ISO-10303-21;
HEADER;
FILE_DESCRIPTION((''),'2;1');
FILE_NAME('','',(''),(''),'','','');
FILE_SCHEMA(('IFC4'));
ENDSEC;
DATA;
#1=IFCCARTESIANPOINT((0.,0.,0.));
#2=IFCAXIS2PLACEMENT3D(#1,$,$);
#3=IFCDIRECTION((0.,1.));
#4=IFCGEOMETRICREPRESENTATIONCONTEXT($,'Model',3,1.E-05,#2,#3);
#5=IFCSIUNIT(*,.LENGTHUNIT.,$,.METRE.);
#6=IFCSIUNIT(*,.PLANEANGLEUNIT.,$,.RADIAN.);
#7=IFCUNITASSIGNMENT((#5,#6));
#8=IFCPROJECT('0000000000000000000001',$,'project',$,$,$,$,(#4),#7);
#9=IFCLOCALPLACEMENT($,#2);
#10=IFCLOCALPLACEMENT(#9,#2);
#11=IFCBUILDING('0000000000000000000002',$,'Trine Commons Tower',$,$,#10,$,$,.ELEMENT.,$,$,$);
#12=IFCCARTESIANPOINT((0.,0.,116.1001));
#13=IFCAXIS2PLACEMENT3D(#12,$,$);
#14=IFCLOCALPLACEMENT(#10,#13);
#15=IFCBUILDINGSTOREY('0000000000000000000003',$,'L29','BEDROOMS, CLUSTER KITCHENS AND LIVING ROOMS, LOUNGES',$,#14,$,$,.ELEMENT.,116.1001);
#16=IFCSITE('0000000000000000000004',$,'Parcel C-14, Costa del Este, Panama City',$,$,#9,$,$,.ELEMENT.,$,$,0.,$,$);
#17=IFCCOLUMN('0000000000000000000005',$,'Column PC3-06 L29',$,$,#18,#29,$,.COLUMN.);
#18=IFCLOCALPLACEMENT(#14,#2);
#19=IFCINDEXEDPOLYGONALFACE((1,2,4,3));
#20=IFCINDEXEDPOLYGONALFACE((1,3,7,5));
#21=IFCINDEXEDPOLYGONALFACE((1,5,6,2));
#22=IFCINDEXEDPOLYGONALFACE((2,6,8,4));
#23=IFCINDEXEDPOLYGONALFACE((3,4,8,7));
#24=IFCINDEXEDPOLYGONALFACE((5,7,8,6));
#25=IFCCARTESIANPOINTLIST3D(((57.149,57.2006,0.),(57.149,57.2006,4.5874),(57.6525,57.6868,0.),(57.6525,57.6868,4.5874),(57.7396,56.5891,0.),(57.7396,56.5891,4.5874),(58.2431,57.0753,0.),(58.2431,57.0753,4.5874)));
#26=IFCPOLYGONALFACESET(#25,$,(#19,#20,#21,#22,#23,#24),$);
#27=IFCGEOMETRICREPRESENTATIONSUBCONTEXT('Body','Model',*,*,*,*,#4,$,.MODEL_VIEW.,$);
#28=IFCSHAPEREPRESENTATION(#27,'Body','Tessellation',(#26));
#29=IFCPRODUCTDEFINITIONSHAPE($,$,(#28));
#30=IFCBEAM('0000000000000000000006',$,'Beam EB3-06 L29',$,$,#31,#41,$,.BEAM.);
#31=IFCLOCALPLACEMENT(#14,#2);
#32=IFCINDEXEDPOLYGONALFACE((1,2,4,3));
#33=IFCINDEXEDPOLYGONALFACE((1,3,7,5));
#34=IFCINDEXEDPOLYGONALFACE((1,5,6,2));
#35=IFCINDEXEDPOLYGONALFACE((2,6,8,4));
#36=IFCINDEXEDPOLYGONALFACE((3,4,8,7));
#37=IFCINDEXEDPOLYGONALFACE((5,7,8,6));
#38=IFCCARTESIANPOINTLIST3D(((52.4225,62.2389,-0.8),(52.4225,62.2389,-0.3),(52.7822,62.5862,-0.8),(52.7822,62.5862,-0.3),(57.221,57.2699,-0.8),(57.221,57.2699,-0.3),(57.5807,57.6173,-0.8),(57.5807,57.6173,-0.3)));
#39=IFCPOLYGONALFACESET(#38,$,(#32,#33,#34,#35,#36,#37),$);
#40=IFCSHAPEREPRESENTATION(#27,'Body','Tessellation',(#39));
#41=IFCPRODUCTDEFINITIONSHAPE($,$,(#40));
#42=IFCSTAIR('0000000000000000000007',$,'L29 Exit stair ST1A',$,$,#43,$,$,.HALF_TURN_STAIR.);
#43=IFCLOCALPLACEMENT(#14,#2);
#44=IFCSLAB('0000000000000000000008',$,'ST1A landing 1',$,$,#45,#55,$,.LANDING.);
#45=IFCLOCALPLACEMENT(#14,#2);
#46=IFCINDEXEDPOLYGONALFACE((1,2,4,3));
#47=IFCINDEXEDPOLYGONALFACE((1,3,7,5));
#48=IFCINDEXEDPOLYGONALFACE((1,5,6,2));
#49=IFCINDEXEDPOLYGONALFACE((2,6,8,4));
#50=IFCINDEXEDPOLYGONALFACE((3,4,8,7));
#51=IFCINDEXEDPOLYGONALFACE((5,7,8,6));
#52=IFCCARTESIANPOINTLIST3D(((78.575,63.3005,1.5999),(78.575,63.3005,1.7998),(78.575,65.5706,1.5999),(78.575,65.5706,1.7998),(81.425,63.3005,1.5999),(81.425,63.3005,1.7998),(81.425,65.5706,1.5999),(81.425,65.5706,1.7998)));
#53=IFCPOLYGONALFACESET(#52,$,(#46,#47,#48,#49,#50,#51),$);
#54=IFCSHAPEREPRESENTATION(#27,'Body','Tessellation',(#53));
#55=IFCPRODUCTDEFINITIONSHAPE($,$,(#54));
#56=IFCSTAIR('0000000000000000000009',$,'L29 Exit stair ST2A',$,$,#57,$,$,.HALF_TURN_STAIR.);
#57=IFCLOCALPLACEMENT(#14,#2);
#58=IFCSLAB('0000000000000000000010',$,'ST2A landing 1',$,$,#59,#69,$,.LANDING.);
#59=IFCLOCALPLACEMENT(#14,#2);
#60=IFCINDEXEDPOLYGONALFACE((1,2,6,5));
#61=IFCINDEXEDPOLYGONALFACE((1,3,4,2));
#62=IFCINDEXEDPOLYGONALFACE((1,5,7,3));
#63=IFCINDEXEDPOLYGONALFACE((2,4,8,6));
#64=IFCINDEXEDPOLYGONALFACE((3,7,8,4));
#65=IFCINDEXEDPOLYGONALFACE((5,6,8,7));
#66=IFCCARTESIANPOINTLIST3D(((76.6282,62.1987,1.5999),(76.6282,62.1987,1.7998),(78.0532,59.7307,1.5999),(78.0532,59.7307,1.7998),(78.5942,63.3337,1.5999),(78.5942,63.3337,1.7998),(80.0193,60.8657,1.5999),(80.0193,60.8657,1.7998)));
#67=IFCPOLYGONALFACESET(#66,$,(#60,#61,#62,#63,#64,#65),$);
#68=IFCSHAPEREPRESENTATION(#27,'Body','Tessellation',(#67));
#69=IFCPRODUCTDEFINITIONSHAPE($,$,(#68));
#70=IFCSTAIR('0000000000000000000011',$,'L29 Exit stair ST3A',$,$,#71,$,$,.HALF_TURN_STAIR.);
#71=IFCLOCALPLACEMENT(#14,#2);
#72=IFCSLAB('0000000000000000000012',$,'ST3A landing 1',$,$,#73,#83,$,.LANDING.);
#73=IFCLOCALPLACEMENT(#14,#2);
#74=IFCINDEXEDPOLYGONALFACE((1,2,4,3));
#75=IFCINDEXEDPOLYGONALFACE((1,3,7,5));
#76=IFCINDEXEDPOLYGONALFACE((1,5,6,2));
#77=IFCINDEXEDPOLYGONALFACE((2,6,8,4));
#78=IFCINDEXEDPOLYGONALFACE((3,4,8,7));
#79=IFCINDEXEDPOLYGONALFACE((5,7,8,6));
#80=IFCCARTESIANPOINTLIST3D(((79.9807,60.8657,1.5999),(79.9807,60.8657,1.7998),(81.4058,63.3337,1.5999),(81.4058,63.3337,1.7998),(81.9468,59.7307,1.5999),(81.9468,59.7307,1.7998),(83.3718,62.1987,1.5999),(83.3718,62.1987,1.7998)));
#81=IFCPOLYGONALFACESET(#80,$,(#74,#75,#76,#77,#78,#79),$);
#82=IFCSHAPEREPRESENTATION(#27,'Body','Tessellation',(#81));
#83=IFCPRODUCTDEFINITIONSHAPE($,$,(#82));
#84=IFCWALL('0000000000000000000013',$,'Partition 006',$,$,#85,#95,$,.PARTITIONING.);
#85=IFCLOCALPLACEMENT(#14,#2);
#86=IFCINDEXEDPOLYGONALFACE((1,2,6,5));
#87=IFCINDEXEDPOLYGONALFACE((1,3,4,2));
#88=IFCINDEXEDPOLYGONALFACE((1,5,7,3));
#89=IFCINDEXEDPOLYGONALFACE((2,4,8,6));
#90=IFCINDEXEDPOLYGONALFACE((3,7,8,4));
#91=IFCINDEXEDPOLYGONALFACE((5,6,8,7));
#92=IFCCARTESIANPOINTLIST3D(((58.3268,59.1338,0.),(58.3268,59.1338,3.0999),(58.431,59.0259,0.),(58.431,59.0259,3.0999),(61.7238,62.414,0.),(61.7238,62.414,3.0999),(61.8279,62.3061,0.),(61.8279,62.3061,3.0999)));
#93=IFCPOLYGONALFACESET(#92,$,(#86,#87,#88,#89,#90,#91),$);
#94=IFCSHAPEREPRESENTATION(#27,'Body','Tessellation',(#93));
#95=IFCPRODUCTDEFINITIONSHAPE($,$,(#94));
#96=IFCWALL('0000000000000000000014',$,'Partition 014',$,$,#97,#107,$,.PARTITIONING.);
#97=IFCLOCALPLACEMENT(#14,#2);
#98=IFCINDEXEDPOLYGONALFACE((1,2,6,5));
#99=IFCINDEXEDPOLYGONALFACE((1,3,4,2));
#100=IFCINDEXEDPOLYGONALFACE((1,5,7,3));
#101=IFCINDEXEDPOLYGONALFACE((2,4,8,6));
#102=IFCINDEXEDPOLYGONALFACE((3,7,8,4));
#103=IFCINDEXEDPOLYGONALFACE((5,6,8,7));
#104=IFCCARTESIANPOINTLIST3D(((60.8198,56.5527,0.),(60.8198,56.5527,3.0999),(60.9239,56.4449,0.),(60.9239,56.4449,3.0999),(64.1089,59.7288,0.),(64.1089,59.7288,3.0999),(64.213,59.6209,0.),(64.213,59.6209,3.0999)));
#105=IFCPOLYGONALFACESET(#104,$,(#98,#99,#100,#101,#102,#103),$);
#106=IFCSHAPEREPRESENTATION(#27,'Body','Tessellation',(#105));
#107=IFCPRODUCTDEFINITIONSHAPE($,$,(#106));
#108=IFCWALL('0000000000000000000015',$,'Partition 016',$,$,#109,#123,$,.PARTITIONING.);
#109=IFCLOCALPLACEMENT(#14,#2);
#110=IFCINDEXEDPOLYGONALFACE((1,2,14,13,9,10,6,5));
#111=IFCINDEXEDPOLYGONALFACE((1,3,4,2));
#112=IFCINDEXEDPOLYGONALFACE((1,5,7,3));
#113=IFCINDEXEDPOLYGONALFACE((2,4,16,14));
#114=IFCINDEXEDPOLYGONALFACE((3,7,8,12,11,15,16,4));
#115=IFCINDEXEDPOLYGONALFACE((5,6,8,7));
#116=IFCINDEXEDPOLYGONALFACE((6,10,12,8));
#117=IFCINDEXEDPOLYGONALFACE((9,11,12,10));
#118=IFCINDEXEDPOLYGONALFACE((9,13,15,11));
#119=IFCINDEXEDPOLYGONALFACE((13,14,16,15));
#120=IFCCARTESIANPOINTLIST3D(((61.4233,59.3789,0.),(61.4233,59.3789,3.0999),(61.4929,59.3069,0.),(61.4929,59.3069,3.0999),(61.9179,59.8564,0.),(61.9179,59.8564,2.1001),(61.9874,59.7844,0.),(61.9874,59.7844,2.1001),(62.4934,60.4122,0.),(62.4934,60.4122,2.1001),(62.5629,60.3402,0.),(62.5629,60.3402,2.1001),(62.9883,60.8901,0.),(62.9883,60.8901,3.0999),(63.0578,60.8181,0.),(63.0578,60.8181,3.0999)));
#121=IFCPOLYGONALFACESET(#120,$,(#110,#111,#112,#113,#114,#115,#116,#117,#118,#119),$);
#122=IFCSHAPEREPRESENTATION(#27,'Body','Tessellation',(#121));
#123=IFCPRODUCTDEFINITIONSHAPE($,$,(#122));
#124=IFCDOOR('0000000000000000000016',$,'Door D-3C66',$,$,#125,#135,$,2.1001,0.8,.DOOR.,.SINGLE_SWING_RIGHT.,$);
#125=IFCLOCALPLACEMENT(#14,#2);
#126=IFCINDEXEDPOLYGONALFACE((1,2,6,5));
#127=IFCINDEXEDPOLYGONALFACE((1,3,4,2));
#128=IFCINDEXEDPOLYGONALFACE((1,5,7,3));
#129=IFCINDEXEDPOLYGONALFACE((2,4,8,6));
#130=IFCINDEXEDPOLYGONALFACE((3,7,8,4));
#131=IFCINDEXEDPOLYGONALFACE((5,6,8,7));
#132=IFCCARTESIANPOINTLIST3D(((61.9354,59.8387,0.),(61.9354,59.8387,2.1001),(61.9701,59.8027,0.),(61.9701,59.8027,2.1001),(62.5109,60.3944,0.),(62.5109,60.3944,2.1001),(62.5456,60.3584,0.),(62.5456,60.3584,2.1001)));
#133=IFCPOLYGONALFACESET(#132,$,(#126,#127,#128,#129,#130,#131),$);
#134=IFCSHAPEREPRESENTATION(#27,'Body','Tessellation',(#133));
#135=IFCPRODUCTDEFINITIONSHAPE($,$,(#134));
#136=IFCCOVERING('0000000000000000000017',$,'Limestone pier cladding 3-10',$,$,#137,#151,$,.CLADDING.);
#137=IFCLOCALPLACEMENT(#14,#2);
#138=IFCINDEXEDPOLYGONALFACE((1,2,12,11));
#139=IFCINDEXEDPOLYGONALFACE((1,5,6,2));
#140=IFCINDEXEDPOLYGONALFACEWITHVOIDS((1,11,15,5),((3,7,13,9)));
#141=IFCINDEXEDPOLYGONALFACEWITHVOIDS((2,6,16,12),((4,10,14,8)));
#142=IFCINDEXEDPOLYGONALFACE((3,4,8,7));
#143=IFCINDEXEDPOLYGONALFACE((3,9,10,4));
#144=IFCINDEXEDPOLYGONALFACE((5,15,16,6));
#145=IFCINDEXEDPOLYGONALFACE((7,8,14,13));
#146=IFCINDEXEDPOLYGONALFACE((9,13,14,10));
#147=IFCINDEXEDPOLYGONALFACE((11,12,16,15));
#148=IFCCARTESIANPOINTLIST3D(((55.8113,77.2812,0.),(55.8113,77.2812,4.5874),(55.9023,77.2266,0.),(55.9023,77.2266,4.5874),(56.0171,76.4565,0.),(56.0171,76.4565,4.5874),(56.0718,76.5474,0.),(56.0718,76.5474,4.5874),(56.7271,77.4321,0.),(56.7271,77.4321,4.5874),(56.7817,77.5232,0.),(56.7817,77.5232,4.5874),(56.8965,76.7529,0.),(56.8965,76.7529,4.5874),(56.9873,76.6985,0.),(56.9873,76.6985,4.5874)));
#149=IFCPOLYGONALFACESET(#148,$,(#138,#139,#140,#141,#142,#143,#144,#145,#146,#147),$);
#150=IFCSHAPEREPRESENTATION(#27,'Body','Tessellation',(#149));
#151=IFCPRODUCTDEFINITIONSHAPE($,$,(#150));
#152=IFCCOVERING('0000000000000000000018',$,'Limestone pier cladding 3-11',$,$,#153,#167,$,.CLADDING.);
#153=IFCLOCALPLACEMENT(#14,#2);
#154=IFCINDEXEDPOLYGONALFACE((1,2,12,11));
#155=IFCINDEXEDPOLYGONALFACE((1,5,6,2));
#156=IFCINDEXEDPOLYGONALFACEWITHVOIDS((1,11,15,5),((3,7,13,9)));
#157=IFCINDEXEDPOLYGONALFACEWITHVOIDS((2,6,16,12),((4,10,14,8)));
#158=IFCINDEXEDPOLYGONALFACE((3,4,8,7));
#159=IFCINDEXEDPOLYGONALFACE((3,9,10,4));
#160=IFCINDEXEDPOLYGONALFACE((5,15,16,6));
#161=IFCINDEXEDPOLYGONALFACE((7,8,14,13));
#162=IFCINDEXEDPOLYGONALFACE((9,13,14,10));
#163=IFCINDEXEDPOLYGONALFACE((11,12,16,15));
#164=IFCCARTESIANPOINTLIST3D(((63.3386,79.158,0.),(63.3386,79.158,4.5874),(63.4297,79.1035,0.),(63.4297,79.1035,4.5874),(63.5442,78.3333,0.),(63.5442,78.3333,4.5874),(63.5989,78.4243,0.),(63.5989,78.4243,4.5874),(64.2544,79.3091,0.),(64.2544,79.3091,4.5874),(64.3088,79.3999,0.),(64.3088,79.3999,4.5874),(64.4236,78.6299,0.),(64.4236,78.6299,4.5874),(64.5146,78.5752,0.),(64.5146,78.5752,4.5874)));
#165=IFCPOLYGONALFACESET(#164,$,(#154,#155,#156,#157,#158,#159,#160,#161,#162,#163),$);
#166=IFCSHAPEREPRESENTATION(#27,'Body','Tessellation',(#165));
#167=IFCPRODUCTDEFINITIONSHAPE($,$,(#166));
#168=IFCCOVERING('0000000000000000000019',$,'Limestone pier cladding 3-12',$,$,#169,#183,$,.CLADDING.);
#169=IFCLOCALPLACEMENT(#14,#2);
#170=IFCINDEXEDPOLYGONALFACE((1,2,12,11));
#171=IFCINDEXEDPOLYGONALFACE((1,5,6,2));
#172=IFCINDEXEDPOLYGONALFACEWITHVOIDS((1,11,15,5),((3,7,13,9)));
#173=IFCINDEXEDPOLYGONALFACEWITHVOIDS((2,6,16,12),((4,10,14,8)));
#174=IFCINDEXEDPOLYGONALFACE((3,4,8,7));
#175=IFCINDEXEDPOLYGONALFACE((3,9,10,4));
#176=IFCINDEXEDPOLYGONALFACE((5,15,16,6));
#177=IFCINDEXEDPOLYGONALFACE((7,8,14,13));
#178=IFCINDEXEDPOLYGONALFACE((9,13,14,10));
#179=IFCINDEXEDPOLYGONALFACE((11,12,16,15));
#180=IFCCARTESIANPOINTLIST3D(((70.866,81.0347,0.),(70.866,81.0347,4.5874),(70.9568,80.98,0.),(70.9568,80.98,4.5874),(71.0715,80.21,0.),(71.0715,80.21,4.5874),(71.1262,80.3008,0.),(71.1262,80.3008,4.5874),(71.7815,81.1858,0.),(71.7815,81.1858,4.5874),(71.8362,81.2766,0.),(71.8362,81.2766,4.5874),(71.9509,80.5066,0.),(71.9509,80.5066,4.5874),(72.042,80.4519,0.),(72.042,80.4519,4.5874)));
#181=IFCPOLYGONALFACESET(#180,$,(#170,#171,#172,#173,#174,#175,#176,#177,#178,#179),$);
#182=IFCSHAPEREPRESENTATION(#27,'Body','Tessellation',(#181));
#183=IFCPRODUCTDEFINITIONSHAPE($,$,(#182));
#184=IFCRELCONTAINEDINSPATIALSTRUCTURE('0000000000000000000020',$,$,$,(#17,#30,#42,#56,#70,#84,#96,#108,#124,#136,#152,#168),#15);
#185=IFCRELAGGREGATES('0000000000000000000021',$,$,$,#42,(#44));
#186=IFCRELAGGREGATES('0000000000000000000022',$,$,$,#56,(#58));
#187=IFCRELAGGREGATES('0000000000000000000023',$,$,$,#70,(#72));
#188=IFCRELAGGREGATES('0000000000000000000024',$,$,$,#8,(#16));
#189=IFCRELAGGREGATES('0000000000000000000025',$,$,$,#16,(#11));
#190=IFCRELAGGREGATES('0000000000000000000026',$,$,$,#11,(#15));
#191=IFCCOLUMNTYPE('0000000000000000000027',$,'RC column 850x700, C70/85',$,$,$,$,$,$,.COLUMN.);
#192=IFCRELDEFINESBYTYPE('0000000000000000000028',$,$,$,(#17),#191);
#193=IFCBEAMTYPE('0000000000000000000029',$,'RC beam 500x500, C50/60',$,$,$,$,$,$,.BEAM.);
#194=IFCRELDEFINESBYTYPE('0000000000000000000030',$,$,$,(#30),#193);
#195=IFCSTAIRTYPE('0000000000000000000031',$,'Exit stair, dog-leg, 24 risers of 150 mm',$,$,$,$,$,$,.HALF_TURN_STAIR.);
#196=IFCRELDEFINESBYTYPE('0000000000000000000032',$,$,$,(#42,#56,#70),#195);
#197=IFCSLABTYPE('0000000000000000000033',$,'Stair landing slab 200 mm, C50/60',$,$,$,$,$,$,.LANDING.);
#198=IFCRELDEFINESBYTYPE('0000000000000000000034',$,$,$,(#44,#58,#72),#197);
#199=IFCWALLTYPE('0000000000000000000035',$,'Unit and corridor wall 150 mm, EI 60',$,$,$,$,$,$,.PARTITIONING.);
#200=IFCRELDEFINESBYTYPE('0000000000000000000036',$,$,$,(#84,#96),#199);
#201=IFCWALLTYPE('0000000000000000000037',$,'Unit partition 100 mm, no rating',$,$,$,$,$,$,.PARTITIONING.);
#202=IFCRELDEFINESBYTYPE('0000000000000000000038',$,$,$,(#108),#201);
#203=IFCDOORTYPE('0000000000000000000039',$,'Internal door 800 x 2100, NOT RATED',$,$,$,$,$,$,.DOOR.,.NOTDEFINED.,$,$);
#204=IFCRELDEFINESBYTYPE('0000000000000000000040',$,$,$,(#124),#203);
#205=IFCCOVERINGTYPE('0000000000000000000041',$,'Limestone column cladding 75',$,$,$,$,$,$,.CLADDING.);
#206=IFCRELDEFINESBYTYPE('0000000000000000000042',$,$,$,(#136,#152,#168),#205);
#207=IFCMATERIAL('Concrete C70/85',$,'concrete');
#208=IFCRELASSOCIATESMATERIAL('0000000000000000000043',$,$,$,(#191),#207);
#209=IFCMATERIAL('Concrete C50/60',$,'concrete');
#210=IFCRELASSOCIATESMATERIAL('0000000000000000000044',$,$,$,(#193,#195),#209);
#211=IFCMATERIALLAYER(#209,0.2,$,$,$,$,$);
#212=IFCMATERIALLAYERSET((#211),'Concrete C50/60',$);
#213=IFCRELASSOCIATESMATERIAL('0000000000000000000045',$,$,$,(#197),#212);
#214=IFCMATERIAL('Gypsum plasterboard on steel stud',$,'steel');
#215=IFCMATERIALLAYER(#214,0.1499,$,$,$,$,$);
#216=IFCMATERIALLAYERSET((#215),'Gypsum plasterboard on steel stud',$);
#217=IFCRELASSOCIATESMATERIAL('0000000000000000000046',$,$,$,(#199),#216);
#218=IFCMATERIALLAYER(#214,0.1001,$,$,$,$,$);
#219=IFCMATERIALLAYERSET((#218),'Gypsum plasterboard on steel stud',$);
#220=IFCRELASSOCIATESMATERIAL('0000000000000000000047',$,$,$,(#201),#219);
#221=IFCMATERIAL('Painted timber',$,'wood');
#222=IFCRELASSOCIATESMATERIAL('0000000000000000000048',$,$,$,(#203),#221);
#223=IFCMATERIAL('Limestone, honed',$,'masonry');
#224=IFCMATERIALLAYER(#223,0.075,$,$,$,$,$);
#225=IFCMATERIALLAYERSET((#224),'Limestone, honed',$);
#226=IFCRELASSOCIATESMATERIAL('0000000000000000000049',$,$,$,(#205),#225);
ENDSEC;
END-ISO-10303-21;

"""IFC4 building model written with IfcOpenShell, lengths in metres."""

from ifc_helpers import new_model, si_unit, direction, frame, frame_2d, origin, origin_2d, place, context, subcontext, project, spatial, polyline, rectangle, outline, extrude, material, layer, layer_set, material_profile, profile_set, type_object, element, fill, aggregate, save


model = new_model("IFC4")

# Units and contexts
model_context = context("Model", 3, precision=1e-05, world=origin(), true_north=direction((0.0, 1.0)))
body_context = subcontext(model_context, "Body", "Model", "MODEL_VIEW")
ifc_project = project(units=[si_unit("LENGTHUNIT", "METRE"), si_unit("PLANEANGLEUNIT", "RADIAN")], contexts=[model_context])

# Site, building, storey
site_placement = place(None, origin())
site = spatial("IfcSite", under=ifc_project, at=site_placement, Name="Parcel C-14, Costa del Este, Panama City", CompositionType="ELEMENT", RefElevation=0.0)
building_placement = place(site_placement, origin())
building = spatial("IfcBuilding", under=site, at=building_placement, Name="Trine Commons Tower", CompositionType="ELEMENT")
storey_placement = place(building_placement, frame((0.0, 0.0, 116.1001)))
storey = spatial("IfcBuildingStorey", under=building, at=storey_placement, Name="L29", Description="BEDROOMS, CLUSTER KITCHENS AND LIVING ROOMS, LOUNGES", CompositionType="ELEMENT", Elevation=116.1001)

# Column
ifc_material_1 = material(Name="Concrete C70/85", Category="concrete")
ifc_material_profile_1 = material_profile(ifc_material_1, rectangle(XDim=0.8501, YDim=0.7, at=origin_2d()), Name="RC 850x700")
ifc_profile_set_1 = profile_set([ifc_material_profile_1], Name="Concrete C70/85")
column_type = type_object("IfcColumnType", Name="RC column 850x700, C70/85", PredefinedType="COLUMN", material=ifc_profile_set_1)
column_placement = place(storey_placement, frame((57.696, 57.1379, 0.0), z_axis=(0.0, 0.0, 1.0), x_axis=(-0.694658, 0.71934, 0.0)))
element("IfcColumn", 1, at=column_placement, inside=storey, type_object=column_type, Name="Column PC3-06 L29", PredefinedType="COLUMN", context=body_context, shape_type="SweptSolid", body=[
    extrude(rectangle(XDim=0.8501, YDim=0.7, at=origin_2d()), origin(), (0.0, 0.0, 1.0), 4.5874),
])

# Beam
ifc_material_2 = material(Name="Concrete C50/60", Category="concrete")
ifc_material_profile_2 = material_profile(ifc_material_2, rectangle(XDim=0.5, YDim=0.5, at=origin_2d()), Name="RC 500x500")
ifc_profile_set_2 = profile_set([ifc_material_profile_2], Name="Concrete C50/60")
beam_type = type_object("IfcBeamType", Name="RC beam 500x500, C50/60", PredefinedType="BEAM", material=ifc_profile_set_2)
beam_placement = place(storey_placement, frame((57.4009, 57.4436, -0.55), z_axis=(-0.694665, 0.719334, 0.0), x_axis=(-0.719334, -0.694665, 0.0)))
element("IfcBeam", 2, at=beam_placement, inside=storey, type_object=beam_type, Name="Beam EB3-06 L29", PredefinedType="BEAM", context=body_context, shape_type="SweptSolid", body=[
    extrude(rectangle(XDim=0.5, YDim=0.5, at=origin_2d()), origin(), (0.0, 0.0, 1.0), 6.9077),
])

# Stairs, slabs
stair_type = type_object("IfcStairType", Name="Exit stair, dog-leg, 24 risers of 150 mm", PredefinedType="HALF_TURN_STAIR", material=ifc_material_2)
stair_1_placement = place(storey_placement, origin())
stair_1 = element("IfcStair", 3, at=stair_1_placement, inside=storey, type_object=stair_type, Name="L29 Exit stair ST1A", PredefinedType="HALF_TURN_STAIR")
ifc_layer_1 = layer(ifc_material_2, 0.2)
ifc_layer_set_1 = layer_set([ifc_layer_1], Name="Concrete C50/60")
slab_type = type_object("IfcSlabType", Name="Stair landing slab 200 mm, C50/60", PredefinedType="LANDING", material=ifc_layer_set_1)
slab_1_placement = place(storey_placement, frame((0.0, 0.0, 1.5999)))
slab_1 = element("IfcSlab", 4, at=slab_1_placement, type_object=slab_type, Name="ST1A landing 1", PredefinedType="LANDING", context=body_context, shape_type="SweptSolid", body=[
    extrude(outline(polyline([(78.575, 65.5706), (78.575, 63.3005), (81.425, 63.3005), (81.425, 65.5706), (78.575, 65.5706)])), origin(), (0.0, 0.0, 1.0), 0.2),
])
aggregate(stair_1, [slab_1])
stair_2_placement = place(storey_placement, origin())
stair_2 = element("IfcStair", 5, at=stair_2_placement, inside=storey, type_object=stair_type, Name="L29 Exit stair ST2A", PredefinedType="HALF_TURN_STAIR")
slab_2_placement = place(storey_placement, frame((0.0, 0.0, 1.5999)))
slab_2 = element("IfcSlab", 6, at=slab_2_placement, type_object=slab_type, Name="ST2A landing 1", PredefinedType="LANDING", context=body_context, shape_type="SweptSolid", body=[
    extrude(outline(polyline([(78.0532, 59.7307), (80.0193, 60.8657), (78.5942, 63.3337), (76.6282, 62.1987), (78.0532, 59.7307)])), origin(), (0.0, 0.0, 1.0), 0.2),
])
aggregate(stair_2, [slab_2])
stair_3_placement = place(storey_placement, origin())
stair_3 = element("IfcStair", 7, at=stair_3_placement, inside=storey, type_object=stair_type, Name="L29 Exit stair ST3A", PredefinedType="HALF_TURN_STAIR")
slab_3_placement = place(storey_placement, frame((0.0, 0.0, 1.5999)))
slab_3 = element("IfcSlab", 8, at=slab_3_placement, type_object=slab_type, Name="ST3A landing 1", PredefinedType="LANDING", context=body_context, shape_type="SweptSolid", body=[
    extrude(outline(polyline([(83.3718, 62.1987), (81.4058, 63.3337), (79.9807, 60.8657), (81.9468, 59.7307), (83.3718, 62.1987)])), origin(), (0.0, 0.0, 1.0), 0.2),
])
aggregate(stair_3, [slab_3])

# Walls
ifc_material_3 = material(Name="Gypsum plasterboard on steel stud", Category="steel")
ifc_layer_2 = layer(ifc_material_3, 0.1499)
ifc_layer_set_2 = layer_set([ifc_layer_2], Name="Gypsum plasterboard on steel stud")
wall_type_1 = type_object("IfcWallType", Name="Unit and corridor wall 150 mm, EI 60", PredefinedType="PARTITIONING", material=ifc_layer_set_2)
wall_1_placement = place(storey_placement, frame((58.3789, 59.0798, 0.0), z_axis=(0.0, 0.0, 1.0), x_axis=(0.719355, 0.694642, 0.0)))
element("IfcWall", 9, at=wall_1_placement, inside=storey, type_object=wall_type_1, Name="Partition 006", PredefinedType="PARTITIONING", context=body_context, shape_type="SweptSolid", body=[
    extrude(rectangle(XDim=4.7222, YDim=0.1499, at=frame_2d((2.3611, 0.0))), origin(), (0.0, 0.0, 1.0), 3.0999),
])
wall_2_placement = place(storey_placement, frame((60.8718, 56.4988, 0.0), z_axis=(0.0, 0.0, 1.0), x_axis=(0.71936, 0.694637, 0.0)))
element("IfcWall", 10, at=wall_2_placement, inside=storey, type_object=wall_type_1, Name="Partition 014", PredefinedType="PARTITIONING", context=body_context, shape_type="SweptSolid", body=[
    extrude(rectangle(XDim=4.5723, YDim=0.1499, at=frame_2d((2.2861, 0.0))), origin(), (0.0, 0.0, 1.0), 3.0999),
])

# Wall, opening, door
ifc_layer_3 = layer(ifc_material_3, 0.1001)
ifc_layer_set_3 = layer_set([ifc_layer_3], Name="Gypsum plasterboard on steel stud")
wall_type_2 = type_object("IfcWallType", Name="Unit partition 100 mm, no rating", PredefinedType="PARTITIONING", material=ifc_layer_set_3)
wall_3_placement = place(storey_placement, frame((61.458, 59.3428, 0.0), z_axis=(0.0, 0.0, 1.0), x_axis=(0.719343, 0.694655, 0.0)))
wall_3 = element("IfcWall", 11, at=wall_3_placement, inside=storey, type_object=wall_type_2, Name="Partition 016", PredefinedType="PARTITIONING", context=body_context, shape_type="SweptSolid", body=[
    extrude(rectangle(XDim=2.1755, YDim=0.1001, at=frame_2d((1.0879, 0.0))), origin(), (0.0, 0.0, 1.0), 3.0999),
])
opening_placement = place(wall_3_placement, frame((0.6877, 0.0, 0.0)))
opening = element("IfcOpeningElement", 12, at=opening_placement, cuts=wall_3, PredefinedType="OPENING", context=body_context, shape_type="SweptSolid", body=[
    extrude(rectangle(XDim=0.8, YDim=2.1001, at=frame_2d((0.3999, 1.05))), frame((0.0, 0.0601, 0.0), z_axis=(0.0, -1.0, 0.0), x_axis=(1.0, 0.0, 0.0)), (0.0, 0.0, 1.0), 0.1201),
])
ifc_material_4 = material(Name="Painted timber", Category="wood")
door_type = type_object("IfcDoorType", Name="Internal door 800 x 2100, NOT RATED", OperationType="NOTDEFINED", PredefinedType="DOOR", material=ifc_material_4)
door_placement = place(opening_placement, frame((0.8, 0.0, 0.0), z_axis=(0.0, 0.0, 1.0), x_axis=(-1.0, 0.0, 0.0)))
door = element("IfcDoor", 13, at=door_placement, inside=storey, type_object=door_type, Name="Door D-3C66", OperationType="SINGLE_SWING_RIGHT", OverallHeight=2.1001, OverallWidth=0.8, PredefinedType="DOOR", context=body_context, shape_type="SweptSolid", body=[
    extrude(rectangle(XDim=0.8, YDim=2.1001, at=frame_2d((0.3999, 1.05))), frame((0.0, 0.0249, 0.0), z_axis=(0.0, -1.0, 0.0), x_axis=(1.0, 0.0, 0.0)), (0.0, 0.0, 1.0), 0.05),
])
fill(opening, door)

# Coverings
ifc_material_5 = material(Name="Limestone, honed", Category="masonry")
ifc_layer_4 = layer(ifc_material_5, 0.075)
ifc_layer_set_4 = layer_set([ifc_layer_4], Name="Limestone, honed")
covering_type_1 = type_object("IfcCoveringType", Name="Limestone column cladding 75", PredefinedType="CLADDING", material=ifc_layer_set_4)
covering_1_placement = place(storey_placement, origin())
element("IfcCovering", 14, at=covering_1_placement, inside=storey, type_object=covering_type_1, Name="Limestone pier cladding 3-10", PredefinedType="CLADDING", context=body_context, shape_type="SweptSolid", body=[
    extrude(outline(polyline([(56.9873, 76.6985), (56.7817, 77.5232), (55.8113, 77.2812), (56.0171, 76.4565), (56.9873, 76.6985)]), holes=[polyline([(56.8965, 76.7529), (56.7271, 77.4321), (55.9023, 77.2266), (56.0718, 76.5474), (56.8965, 76.7529)])]), origin(), (0.0, 0.0, 1.0), 4.5874),
])
covering_2_placement = place(storey_placement, origin())
element("IfcCovering", 15, at=covering_2_placement, inside=storey, type_object=covering_type_1, Name="Limestone pier cladding 3-11", PredefinedType="CLADDING", context=body_context, shape_type="SweptSolid", body=[
    extrude(outline(polyline([(64.5146, 78.5752), (64.3088, 79.3999), (63.3386, 79.158), (63.5442, 78.3333), (64.5146, 78.5752)]), holes=[polyline([(64.4236, 78.6299), (64.2544, 79.3091), (63.4297, 79.1035), (63.5989, 78.4243), (64.4236, 78.6299)])]), origin(), (0.0, 0.0, 1.0), 4.5874),
])
covering_3_placement = place(storey_placement, origin())
element("IfcCovering", 16, at=covering_3_placement, inside=storey, type_object=covering_type_1, Name="Limestone pier cladding 3-12", PredefinedType="CLADDING", context=body_context, shape_type="SweptSolid", body=[
    extrude(outline(polyline([(72.042, 80.4519), (71.8362, 81.2766), (70.866, 81.0347), (71.0715, 80.21), (72.042, 80.4519)]), holes=[polyline([(71.9509, 80.5066), (71.7815, 81.1858), (70.9568, 80.98), (71.1262, 80.3008), (71.9509, 80.5066)])]), origin(), (0.0, 0.0, 1.0), 4.5874),
])

save(model, "model.ifc")
